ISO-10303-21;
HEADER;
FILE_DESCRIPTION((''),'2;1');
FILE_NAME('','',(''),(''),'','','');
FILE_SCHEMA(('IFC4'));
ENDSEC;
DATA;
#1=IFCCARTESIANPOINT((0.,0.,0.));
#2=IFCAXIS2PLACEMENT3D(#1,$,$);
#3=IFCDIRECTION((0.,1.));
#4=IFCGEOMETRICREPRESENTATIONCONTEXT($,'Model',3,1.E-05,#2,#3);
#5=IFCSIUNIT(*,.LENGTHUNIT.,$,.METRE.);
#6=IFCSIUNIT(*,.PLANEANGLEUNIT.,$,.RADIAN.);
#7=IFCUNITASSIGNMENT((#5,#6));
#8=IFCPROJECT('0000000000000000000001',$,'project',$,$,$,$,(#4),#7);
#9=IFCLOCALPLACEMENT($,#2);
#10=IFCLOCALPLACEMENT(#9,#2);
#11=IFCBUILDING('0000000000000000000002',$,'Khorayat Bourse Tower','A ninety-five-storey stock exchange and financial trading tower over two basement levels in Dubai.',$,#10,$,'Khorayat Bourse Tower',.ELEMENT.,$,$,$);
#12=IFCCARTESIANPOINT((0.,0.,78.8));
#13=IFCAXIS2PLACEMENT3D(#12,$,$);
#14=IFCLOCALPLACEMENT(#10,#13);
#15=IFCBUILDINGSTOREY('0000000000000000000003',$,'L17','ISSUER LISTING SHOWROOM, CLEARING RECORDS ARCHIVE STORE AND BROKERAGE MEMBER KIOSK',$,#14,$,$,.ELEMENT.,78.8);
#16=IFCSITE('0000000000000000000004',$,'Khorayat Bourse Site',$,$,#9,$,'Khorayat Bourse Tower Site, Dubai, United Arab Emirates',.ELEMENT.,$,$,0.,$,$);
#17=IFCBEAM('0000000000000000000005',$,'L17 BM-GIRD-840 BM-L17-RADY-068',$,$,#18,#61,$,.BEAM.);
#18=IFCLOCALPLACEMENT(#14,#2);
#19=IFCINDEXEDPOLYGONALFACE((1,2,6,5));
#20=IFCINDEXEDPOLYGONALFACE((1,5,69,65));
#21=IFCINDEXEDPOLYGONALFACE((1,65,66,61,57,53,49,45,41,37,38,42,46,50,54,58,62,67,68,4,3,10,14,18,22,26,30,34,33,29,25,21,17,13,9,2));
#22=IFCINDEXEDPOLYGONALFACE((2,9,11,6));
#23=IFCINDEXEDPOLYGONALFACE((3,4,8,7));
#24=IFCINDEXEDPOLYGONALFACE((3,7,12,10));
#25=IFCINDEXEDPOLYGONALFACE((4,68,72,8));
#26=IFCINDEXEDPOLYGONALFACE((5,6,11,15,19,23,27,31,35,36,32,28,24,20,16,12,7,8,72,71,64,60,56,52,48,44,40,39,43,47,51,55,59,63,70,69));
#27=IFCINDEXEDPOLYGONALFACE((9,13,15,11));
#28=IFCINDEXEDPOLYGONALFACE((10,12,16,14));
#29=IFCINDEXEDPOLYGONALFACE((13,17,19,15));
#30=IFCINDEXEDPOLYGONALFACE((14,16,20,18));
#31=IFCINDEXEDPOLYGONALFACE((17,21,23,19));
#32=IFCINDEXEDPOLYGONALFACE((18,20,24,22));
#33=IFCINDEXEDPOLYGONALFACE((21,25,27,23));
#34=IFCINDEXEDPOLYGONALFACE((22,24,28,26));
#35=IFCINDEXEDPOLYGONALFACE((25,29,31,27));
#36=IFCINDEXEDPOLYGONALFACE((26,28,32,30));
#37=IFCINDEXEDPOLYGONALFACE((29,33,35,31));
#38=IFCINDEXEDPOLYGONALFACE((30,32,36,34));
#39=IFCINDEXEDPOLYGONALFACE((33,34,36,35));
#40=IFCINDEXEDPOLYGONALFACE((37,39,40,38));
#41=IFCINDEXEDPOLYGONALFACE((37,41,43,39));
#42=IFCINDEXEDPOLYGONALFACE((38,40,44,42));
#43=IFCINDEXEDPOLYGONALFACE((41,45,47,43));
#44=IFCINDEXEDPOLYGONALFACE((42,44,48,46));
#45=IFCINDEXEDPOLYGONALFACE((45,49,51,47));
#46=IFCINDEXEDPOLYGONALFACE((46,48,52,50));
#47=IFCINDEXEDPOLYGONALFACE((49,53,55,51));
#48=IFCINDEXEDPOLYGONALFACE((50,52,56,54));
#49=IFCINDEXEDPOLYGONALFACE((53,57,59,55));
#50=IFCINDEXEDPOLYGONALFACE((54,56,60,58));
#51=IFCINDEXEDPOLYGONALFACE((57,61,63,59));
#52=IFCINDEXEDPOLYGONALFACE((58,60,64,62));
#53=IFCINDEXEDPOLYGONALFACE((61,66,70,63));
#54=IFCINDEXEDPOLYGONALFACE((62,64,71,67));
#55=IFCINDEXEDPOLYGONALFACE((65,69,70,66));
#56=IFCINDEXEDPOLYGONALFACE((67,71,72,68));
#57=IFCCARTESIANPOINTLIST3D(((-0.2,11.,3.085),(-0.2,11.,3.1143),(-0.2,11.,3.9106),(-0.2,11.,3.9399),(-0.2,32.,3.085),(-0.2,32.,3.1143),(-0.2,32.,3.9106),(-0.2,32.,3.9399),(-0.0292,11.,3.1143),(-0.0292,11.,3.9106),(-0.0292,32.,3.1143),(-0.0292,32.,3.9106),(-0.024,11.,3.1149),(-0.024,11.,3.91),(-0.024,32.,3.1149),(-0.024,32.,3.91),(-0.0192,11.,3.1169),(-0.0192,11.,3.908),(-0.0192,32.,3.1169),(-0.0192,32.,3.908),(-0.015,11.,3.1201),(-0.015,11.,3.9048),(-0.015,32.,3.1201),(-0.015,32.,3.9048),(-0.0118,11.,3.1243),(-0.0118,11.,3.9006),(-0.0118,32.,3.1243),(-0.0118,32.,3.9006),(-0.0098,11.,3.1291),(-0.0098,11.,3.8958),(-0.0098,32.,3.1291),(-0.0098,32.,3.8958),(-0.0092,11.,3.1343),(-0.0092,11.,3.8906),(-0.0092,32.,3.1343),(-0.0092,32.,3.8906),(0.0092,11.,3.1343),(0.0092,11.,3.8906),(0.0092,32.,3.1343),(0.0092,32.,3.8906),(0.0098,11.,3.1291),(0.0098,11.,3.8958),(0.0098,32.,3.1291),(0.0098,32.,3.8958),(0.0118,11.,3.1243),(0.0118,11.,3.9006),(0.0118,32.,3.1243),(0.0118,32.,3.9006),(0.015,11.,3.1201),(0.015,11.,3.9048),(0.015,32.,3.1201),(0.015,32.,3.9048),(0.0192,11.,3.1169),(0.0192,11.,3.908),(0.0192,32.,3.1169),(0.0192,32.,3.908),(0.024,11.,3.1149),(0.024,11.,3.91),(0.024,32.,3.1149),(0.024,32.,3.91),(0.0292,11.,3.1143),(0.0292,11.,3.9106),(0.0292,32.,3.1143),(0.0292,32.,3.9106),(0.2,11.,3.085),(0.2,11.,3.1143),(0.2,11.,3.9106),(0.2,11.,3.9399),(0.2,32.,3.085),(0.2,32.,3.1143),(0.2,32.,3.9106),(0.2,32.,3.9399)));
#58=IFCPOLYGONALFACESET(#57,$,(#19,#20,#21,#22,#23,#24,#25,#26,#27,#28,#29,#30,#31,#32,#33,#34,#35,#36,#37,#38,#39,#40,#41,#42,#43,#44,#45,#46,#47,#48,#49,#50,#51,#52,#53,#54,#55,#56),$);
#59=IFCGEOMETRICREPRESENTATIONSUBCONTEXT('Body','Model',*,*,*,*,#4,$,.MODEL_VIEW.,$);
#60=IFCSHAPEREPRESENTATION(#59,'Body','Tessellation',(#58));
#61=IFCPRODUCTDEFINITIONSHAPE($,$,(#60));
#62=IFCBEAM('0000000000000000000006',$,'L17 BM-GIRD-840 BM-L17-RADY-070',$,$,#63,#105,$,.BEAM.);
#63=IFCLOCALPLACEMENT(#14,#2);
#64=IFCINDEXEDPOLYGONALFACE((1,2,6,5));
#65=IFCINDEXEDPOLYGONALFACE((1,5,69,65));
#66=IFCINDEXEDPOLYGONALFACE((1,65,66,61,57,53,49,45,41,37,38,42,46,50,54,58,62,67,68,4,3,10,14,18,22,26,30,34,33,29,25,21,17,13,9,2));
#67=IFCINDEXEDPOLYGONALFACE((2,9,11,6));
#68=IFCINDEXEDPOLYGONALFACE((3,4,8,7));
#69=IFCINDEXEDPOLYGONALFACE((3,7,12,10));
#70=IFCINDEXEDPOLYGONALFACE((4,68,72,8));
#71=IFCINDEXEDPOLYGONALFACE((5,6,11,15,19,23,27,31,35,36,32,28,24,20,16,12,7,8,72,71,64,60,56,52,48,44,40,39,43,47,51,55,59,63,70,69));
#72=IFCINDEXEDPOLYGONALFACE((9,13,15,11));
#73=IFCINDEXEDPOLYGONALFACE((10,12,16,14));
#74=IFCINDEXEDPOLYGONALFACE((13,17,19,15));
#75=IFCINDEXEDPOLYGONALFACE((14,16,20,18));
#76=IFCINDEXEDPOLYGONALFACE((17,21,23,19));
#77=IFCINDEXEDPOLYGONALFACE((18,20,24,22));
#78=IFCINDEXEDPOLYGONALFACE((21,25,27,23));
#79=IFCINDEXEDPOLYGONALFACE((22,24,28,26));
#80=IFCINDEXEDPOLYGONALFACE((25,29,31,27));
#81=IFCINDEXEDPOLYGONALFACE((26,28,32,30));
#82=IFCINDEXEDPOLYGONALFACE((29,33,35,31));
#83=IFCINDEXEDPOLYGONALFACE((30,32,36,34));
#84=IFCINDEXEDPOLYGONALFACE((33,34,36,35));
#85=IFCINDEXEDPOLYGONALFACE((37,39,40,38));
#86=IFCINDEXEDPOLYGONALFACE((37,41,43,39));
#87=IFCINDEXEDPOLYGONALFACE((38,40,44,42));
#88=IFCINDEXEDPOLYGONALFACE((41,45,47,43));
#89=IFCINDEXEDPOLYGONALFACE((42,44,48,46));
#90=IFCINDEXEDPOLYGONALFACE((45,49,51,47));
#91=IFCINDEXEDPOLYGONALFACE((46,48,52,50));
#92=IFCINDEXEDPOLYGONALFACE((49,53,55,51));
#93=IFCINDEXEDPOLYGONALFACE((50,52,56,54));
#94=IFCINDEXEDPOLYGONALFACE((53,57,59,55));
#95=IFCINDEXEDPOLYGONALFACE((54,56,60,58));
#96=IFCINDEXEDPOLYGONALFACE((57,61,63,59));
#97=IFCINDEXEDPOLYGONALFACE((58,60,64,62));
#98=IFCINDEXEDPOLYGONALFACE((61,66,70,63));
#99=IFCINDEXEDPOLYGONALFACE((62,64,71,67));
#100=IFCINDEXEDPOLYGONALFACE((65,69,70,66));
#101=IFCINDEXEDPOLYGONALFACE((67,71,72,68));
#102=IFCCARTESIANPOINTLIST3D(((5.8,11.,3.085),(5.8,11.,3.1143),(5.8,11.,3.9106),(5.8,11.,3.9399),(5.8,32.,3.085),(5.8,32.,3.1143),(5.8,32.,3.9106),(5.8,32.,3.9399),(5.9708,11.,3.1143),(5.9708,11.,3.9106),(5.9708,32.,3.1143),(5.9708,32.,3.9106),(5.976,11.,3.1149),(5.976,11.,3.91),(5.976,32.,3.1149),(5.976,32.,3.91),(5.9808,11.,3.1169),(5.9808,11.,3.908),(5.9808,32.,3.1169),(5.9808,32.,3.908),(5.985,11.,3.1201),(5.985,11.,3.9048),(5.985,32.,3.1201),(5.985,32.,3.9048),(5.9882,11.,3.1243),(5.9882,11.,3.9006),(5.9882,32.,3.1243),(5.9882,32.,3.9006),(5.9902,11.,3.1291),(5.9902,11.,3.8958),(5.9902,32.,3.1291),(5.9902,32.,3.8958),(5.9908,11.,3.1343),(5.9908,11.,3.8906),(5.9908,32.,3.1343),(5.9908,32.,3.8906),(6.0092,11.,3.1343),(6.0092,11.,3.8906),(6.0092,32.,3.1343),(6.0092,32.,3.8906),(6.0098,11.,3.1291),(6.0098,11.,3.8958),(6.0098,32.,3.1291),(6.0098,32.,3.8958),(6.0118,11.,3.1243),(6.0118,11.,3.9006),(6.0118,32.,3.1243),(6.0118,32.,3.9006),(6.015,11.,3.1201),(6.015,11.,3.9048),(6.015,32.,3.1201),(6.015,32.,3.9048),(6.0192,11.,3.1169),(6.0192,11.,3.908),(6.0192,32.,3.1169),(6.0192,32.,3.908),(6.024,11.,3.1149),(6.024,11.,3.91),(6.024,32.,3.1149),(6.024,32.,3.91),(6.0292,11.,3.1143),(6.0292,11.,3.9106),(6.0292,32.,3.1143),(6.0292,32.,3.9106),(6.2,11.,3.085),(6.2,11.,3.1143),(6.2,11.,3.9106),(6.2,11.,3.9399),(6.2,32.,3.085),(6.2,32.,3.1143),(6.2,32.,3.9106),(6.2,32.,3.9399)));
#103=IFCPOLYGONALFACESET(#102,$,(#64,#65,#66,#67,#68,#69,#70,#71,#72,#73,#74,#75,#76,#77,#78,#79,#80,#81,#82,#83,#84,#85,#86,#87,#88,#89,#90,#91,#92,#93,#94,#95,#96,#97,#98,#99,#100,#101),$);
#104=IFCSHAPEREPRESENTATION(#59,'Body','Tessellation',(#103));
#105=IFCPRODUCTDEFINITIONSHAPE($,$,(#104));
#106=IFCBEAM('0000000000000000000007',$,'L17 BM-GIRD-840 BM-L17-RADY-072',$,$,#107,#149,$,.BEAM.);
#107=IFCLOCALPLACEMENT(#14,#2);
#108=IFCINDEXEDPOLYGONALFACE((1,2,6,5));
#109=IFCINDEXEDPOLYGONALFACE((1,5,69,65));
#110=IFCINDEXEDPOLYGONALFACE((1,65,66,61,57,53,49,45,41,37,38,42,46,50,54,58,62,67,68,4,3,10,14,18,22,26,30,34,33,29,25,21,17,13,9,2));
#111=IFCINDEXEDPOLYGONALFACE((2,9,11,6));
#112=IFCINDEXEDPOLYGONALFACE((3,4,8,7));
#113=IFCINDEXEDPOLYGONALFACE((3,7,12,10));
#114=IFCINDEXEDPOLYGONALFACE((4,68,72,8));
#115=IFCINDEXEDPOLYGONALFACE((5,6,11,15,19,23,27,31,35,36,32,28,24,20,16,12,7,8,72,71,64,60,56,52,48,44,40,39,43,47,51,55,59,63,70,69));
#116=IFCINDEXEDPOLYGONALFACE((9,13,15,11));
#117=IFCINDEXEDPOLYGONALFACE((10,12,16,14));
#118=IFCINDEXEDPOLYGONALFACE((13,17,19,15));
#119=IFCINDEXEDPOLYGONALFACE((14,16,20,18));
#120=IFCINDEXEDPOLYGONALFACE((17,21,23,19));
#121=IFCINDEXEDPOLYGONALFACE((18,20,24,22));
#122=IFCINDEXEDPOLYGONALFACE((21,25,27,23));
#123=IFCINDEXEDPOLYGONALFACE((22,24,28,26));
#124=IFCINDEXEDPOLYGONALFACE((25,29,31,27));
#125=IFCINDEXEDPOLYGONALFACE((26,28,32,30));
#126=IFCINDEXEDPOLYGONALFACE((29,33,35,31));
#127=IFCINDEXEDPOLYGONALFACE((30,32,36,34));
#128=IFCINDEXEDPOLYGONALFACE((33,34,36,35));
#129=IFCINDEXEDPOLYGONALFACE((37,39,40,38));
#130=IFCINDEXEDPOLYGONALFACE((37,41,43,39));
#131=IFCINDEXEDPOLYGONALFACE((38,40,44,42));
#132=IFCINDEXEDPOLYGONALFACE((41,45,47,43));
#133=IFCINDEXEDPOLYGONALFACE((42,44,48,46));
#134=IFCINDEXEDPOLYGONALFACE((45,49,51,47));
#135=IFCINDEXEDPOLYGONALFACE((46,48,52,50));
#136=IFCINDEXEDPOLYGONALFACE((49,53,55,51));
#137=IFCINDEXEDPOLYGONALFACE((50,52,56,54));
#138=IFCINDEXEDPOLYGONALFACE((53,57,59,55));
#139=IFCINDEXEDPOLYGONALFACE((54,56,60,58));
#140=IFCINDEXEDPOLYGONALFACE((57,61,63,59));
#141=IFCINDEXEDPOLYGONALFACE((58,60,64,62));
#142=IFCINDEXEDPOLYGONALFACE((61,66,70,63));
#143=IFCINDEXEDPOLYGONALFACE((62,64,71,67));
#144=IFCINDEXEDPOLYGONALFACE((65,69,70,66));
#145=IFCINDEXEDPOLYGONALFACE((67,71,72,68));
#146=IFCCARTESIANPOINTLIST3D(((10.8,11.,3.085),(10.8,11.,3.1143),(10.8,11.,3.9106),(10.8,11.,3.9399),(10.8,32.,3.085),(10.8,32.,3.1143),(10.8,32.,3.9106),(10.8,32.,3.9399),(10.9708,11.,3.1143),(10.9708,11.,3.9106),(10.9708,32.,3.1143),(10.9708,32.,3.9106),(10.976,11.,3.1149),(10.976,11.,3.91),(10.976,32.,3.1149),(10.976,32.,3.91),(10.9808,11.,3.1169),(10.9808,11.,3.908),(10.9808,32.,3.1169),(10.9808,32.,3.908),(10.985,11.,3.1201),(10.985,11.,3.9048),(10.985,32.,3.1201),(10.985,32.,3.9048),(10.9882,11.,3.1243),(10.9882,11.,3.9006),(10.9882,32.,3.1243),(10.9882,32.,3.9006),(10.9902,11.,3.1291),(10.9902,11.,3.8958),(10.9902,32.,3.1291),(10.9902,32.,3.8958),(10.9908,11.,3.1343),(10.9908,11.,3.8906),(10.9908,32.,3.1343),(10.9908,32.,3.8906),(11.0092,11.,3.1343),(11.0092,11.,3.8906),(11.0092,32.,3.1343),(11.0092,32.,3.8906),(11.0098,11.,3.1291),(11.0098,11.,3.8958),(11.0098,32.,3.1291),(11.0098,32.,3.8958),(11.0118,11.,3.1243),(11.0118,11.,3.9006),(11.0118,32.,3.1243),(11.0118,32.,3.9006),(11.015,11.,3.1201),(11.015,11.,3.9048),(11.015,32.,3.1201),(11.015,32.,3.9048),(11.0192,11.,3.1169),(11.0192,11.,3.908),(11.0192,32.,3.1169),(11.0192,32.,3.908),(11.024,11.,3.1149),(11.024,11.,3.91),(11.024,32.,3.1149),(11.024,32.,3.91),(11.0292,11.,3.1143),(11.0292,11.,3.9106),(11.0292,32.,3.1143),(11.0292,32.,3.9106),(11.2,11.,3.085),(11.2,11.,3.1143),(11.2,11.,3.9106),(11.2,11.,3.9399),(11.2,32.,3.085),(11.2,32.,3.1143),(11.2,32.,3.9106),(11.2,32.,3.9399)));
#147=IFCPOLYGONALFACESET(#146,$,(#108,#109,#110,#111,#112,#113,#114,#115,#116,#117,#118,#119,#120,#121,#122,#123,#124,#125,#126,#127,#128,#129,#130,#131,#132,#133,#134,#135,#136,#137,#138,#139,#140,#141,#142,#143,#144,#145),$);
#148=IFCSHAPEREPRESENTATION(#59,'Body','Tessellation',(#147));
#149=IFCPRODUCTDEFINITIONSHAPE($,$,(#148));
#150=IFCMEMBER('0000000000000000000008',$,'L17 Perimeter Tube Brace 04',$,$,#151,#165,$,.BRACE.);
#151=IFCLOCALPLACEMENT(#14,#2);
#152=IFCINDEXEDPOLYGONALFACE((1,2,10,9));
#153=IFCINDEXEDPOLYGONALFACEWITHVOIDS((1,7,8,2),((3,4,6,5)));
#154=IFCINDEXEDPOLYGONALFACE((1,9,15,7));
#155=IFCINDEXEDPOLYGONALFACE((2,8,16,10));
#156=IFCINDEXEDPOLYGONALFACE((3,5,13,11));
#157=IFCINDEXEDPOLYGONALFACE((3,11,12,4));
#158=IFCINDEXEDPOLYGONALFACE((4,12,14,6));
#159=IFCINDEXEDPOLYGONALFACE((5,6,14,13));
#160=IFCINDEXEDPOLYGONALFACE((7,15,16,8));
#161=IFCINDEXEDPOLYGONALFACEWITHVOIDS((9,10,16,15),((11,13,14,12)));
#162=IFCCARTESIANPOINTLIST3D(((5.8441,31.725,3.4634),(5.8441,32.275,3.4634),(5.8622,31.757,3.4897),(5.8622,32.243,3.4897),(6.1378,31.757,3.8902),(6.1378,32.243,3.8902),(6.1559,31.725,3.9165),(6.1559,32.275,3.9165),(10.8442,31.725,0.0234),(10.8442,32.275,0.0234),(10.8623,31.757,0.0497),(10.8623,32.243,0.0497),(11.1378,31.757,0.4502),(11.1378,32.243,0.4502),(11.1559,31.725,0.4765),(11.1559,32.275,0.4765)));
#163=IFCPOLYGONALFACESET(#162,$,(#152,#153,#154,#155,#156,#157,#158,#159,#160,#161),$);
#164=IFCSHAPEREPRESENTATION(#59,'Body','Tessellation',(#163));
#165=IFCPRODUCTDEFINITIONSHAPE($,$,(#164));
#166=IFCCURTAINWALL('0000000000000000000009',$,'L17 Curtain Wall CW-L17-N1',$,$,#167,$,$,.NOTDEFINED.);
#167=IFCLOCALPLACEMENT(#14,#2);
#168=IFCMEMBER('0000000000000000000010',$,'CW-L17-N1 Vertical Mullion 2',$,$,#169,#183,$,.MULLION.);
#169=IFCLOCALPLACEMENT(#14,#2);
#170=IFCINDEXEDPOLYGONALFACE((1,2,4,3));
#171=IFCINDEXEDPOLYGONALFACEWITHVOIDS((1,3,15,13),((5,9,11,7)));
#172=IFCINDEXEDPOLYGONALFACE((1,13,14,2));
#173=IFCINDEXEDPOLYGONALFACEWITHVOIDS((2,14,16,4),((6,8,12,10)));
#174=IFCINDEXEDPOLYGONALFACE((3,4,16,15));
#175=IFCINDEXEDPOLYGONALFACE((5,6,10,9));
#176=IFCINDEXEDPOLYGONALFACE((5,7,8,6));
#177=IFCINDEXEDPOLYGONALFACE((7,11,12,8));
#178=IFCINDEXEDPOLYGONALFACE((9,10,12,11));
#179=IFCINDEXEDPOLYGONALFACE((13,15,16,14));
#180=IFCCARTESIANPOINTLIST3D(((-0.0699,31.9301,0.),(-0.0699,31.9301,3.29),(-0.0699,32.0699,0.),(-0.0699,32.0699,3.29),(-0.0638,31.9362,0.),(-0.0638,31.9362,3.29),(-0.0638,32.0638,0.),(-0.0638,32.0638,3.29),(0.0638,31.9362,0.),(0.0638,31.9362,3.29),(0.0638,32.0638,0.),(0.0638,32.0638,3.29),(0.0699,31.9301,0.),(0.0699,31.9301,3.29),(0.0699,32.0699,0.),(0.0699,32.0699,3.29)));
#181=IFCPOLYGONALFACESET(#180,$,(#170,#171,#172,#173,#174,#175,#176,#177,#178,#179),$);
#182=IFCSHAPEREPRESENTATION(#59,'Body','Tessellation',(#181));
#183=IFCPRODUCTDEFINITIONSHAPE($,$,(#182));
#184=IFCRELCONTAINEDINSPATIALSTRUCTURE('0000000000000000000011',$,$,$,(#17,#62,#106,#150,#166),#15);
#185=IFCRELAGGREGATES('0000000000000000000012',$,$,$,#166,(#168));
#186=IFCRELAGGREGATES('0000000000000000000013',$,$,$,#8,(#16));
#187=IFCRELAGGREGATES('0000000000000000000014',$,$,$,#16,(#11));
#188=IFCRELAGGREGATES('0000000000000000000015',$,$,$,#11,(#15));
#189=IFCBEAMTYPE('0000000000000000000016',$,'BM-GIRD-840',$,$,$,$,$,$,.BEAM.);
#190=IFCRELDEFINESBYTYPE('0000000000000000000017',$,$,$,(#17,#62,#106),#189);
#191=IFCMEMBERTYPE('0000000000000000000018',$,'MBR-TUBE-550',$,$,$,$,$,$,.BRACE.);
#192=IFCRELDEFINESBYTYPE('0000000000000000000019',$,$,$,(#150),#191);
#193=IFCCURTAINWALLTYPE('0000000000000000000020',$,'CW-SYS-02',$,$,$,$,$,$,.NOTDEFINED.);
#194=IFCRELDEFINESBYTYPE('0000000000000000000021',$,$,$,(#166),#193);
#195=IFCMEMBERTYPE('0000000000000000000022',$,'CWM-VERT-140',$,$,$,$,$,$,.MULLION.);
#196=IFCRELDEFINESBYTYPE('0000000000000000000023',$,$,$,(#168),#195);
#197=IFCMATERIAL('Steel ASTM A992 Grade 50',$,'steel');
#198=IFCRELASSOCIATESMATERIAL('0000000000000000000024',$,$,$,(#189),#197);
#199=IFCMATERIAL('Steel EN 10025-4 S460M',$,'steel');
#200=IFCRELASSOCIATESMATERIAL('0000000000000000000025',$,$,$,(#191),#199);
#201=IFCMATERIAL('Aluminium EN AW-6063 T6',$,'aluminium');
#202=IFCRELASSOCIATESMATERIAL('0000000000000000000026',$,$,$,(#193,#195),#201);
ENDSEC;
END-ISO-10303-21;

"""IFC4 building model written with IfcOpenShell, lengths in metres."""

from ifc_helpers import new_model, si_unit, direction, frame, origin, origin_2d, place, context, subcontext, project, spatial, hollow_rectangle, i_section, extrude, source, transform, mapped, material, material_profile, profile_set, type_object, element, aggregate, save


model = new_model("IFC4")

# Units and contexts
model_context = context("Model", 3, precision=1e-05, world=origin(), true_north=direction((0.0, 1.0)))
body_context = subcontext(model_context, "Body", "Model", "MODEL_VIEW")
ifc_project = project(units=[si_unit("LENGTHUNIT", "METRE"), si_unit("PLANEANGLEUNIT", "RADIAN")], contexts=[model_context])

# Site, building, storey
site_placement = place(None, origin())
site = spatial("IfcSite", under=ifc_project, at=site_placement, Name="Khorayat Bourse Site", LongName="Khorayat Bourse Tower Site, Dubai, United Arab Emirates", CompositionType="ELEMENT", RefElevation=0.0)
building_placement = place(site_placement, origin())
building = spatial("IfcBuilding", under=site, at=building_placement, Name="Khorayat Bourse Tower", Description="A ninety-five-storey stock exchange and financial trading tower over two basement levels in Dubai.", LongName="Khorayat Bourse Tower", CompositionType="ELEMENT")
storey_placement = place(building_placement, frame((0.0, 0.0, 78.8)))
storey = spatial("IfcBuildingStorey", under=building, at=storey_placement, Name="L17", Description="ISSUER LISTING SHOWROOM, CLEARING RECORDS ARCHIVE STORE AND BROKERAGE MEMBER KIOSK", CompositionType="ELEMENT", Elevation=78.8)

# Shared definitions
ifc_material_1 = material(Name="Steel EN 10025-4 S460M", Category="steel")

# Beams
ifc_material_2 = material(Name="Steel ASTM A992 Grade 50", Category="steel")
ifc_material_profile_1 = material_profile(ifc_material_2, i_section(OverallWidth=0.3999, OverallDepth=0.855, WebThickness=0.0183, FlangeThickness=0.0293, FilletRadius=0.02, at=origin_2d()), Name="W840X299")
ifc_profile_set_1 = profile_set([ifc_material_profile_1], Name="Steel ASTM A992 Grade 50")
beam_type_1 = type_object("IfcBeamType", Name="BM-GIRD-840", PredefinedType="BEAM", material=ifc_profile_set_1)
shared_shape_1 = source(origin(), body_context, "Body", "SweptSolid", [
    extrude(i_section(OverallWidth=0.3999, OverallDepth=0.855, WebThickness=0.0183, FlangeThickness=0.0293, FilletRadius=0.02, at=origin_2d()), origin(), (0.0, 0.0, 1.0), 21.0),
])
for number, where, z_axis, x_axis, name in (
    (1, (0.0, 11.0, 3.5125), (0.0, 1.0, 0.0), (-1.0, 0.0, 0.0), "L17 BM-GIRD-840 BM-L17-RADY-068"),
    (2, (6.0, 11.0, 3.5125), (0.0, 1.0, 0.0), (-1.0, 0.0, 0.0), "L17 BM-GIRD-840 BM-L17-RADY-070"),
    (3, (11.0, 11.0, 3.5125), (0.0, 1.0, 0.0), (-1.0, 0.0, 0.0), "L17 BM-GIRD-840 BM-L17-RADY-072"),
):
    element("IfcBeam", number, at=place(storey_placement, frame(where, z_axis=z_axis, x_axis=x_axis)), inside=storey, type_object=beam_type_1, Name=name, PredefinedType="BEAM", context=body_context, shape_type="MappedRepresentation", body=[
        mapped(shared_shape_1, transform((0.0, 0.0, 0.0), scale=1.0)),
    ])

# Member
ifc_material_profile_2 = material_profile(ifc_material_1, hollow_rectangle(XDim=0.55, YDim=0.55, WallThickness=0.032, at=origin_2d()), Name="HSS 550x550x32")
ifc_profile_set_2 = profile_set([ifc_material_profile_2], Name="Steel EN 10025-4 S460M")
member_type_1 = type_object("IfcMemberType", Name="MBR-TUBE-550", PredefinedType="BRACE", material=ifc_profile_set_2)
shared_shape_2 = source(origin(), body_context, "Body", "SweptSolid", [
    extrude(hollow_rectangle(XDim=0.55, YDim=0.55, WallThickness=0.032, at=origin_2d()), origin(), (0.0, 0.0, 1.0), 6.0691),
])
member_1_placement = place(storey_placement, frame((6.0, 32.0, 3.6899), z_axis=(0.823854, 0.0, -0.566802), x_axis=(0.0, 1.0, 0.0)))
element("IfcMember", 4, at=member_1_placement, inside=storey, type_object=member_type_1, Name="L17 Perimeter Tube Brace 04", PredefinedType="BRACE", context=body_context, shape_type="MappedRepresentation", body=[
    mapped(shared_shape_2, transform((0.0, 0.0, 0.0), scale=1.0)),
])

# Curtain wall, member
ifc_material_3 = material(Name="Aluminium EN AW-6063 T6", Category="aluminium")
curtain_wall_type = type_object("IfcCurtainWallType", Name="CW-SYS-02", PredefinedType="NOTDEFINED", material=ifc_material_3)
curtain_wall_placement = place(storey_placement, origin())
curtain_wall = element("IfcCurtainWall", 5, at=curtain_wall_placement, inside=storey, type_object=curtain_wall_type, Name="L17 Curtain Wall CW-L17-N1", PredefinedType="NOTDEFINED")
ifc_material_profile_3 = material_profile(ifc_material_3, hollow_rectangle(XDim=0.1399, YDim=0.1399, WallThickness=0.0061, at=origin_2d()), Name="ALU 140x140x6")
ifc_profile_set_3 = profile_set([ifc_material_profile_3], Name="Aluminium EN AW-6063 T6")
member_type_2 = type_object("IfcMemberType", Name="CWM-VERT-140", PredefinedType="MULLION", material=ifc_profile_set_3)
shared_shape_3 = source(origin(), body_context, "Body", "SweptSolid", [
    extrude(hollow_rectangle(XDim=0.1399, YDim=0.1399, WallThickness=0.0061, at=origin_2d()), origin(), (0.0, 0.0, 1.0), 3.29),
])
member_2_placement = place(storey_placement, frame((0.0, 32.0, 0.0), z_axis=(0.0, 0.0, 1.0), x_axis=(0.0, 1.0, 0.0)))
member_2 = element("IfcMember", 6, at=member_2_placement, type_object=member_type_2, Name="CW-L17-N1 Vertical Mullion 2", PredefinedType="MULLION", context=body_context, shape_type="MappedRepresentation", body=[
    mapped(shared_shape_3, transform((0.0, 0.0, 0.0), scale=1.0)),
])
aggregate(curtain_wall, [member_2])

save(model, "model.ifc")
